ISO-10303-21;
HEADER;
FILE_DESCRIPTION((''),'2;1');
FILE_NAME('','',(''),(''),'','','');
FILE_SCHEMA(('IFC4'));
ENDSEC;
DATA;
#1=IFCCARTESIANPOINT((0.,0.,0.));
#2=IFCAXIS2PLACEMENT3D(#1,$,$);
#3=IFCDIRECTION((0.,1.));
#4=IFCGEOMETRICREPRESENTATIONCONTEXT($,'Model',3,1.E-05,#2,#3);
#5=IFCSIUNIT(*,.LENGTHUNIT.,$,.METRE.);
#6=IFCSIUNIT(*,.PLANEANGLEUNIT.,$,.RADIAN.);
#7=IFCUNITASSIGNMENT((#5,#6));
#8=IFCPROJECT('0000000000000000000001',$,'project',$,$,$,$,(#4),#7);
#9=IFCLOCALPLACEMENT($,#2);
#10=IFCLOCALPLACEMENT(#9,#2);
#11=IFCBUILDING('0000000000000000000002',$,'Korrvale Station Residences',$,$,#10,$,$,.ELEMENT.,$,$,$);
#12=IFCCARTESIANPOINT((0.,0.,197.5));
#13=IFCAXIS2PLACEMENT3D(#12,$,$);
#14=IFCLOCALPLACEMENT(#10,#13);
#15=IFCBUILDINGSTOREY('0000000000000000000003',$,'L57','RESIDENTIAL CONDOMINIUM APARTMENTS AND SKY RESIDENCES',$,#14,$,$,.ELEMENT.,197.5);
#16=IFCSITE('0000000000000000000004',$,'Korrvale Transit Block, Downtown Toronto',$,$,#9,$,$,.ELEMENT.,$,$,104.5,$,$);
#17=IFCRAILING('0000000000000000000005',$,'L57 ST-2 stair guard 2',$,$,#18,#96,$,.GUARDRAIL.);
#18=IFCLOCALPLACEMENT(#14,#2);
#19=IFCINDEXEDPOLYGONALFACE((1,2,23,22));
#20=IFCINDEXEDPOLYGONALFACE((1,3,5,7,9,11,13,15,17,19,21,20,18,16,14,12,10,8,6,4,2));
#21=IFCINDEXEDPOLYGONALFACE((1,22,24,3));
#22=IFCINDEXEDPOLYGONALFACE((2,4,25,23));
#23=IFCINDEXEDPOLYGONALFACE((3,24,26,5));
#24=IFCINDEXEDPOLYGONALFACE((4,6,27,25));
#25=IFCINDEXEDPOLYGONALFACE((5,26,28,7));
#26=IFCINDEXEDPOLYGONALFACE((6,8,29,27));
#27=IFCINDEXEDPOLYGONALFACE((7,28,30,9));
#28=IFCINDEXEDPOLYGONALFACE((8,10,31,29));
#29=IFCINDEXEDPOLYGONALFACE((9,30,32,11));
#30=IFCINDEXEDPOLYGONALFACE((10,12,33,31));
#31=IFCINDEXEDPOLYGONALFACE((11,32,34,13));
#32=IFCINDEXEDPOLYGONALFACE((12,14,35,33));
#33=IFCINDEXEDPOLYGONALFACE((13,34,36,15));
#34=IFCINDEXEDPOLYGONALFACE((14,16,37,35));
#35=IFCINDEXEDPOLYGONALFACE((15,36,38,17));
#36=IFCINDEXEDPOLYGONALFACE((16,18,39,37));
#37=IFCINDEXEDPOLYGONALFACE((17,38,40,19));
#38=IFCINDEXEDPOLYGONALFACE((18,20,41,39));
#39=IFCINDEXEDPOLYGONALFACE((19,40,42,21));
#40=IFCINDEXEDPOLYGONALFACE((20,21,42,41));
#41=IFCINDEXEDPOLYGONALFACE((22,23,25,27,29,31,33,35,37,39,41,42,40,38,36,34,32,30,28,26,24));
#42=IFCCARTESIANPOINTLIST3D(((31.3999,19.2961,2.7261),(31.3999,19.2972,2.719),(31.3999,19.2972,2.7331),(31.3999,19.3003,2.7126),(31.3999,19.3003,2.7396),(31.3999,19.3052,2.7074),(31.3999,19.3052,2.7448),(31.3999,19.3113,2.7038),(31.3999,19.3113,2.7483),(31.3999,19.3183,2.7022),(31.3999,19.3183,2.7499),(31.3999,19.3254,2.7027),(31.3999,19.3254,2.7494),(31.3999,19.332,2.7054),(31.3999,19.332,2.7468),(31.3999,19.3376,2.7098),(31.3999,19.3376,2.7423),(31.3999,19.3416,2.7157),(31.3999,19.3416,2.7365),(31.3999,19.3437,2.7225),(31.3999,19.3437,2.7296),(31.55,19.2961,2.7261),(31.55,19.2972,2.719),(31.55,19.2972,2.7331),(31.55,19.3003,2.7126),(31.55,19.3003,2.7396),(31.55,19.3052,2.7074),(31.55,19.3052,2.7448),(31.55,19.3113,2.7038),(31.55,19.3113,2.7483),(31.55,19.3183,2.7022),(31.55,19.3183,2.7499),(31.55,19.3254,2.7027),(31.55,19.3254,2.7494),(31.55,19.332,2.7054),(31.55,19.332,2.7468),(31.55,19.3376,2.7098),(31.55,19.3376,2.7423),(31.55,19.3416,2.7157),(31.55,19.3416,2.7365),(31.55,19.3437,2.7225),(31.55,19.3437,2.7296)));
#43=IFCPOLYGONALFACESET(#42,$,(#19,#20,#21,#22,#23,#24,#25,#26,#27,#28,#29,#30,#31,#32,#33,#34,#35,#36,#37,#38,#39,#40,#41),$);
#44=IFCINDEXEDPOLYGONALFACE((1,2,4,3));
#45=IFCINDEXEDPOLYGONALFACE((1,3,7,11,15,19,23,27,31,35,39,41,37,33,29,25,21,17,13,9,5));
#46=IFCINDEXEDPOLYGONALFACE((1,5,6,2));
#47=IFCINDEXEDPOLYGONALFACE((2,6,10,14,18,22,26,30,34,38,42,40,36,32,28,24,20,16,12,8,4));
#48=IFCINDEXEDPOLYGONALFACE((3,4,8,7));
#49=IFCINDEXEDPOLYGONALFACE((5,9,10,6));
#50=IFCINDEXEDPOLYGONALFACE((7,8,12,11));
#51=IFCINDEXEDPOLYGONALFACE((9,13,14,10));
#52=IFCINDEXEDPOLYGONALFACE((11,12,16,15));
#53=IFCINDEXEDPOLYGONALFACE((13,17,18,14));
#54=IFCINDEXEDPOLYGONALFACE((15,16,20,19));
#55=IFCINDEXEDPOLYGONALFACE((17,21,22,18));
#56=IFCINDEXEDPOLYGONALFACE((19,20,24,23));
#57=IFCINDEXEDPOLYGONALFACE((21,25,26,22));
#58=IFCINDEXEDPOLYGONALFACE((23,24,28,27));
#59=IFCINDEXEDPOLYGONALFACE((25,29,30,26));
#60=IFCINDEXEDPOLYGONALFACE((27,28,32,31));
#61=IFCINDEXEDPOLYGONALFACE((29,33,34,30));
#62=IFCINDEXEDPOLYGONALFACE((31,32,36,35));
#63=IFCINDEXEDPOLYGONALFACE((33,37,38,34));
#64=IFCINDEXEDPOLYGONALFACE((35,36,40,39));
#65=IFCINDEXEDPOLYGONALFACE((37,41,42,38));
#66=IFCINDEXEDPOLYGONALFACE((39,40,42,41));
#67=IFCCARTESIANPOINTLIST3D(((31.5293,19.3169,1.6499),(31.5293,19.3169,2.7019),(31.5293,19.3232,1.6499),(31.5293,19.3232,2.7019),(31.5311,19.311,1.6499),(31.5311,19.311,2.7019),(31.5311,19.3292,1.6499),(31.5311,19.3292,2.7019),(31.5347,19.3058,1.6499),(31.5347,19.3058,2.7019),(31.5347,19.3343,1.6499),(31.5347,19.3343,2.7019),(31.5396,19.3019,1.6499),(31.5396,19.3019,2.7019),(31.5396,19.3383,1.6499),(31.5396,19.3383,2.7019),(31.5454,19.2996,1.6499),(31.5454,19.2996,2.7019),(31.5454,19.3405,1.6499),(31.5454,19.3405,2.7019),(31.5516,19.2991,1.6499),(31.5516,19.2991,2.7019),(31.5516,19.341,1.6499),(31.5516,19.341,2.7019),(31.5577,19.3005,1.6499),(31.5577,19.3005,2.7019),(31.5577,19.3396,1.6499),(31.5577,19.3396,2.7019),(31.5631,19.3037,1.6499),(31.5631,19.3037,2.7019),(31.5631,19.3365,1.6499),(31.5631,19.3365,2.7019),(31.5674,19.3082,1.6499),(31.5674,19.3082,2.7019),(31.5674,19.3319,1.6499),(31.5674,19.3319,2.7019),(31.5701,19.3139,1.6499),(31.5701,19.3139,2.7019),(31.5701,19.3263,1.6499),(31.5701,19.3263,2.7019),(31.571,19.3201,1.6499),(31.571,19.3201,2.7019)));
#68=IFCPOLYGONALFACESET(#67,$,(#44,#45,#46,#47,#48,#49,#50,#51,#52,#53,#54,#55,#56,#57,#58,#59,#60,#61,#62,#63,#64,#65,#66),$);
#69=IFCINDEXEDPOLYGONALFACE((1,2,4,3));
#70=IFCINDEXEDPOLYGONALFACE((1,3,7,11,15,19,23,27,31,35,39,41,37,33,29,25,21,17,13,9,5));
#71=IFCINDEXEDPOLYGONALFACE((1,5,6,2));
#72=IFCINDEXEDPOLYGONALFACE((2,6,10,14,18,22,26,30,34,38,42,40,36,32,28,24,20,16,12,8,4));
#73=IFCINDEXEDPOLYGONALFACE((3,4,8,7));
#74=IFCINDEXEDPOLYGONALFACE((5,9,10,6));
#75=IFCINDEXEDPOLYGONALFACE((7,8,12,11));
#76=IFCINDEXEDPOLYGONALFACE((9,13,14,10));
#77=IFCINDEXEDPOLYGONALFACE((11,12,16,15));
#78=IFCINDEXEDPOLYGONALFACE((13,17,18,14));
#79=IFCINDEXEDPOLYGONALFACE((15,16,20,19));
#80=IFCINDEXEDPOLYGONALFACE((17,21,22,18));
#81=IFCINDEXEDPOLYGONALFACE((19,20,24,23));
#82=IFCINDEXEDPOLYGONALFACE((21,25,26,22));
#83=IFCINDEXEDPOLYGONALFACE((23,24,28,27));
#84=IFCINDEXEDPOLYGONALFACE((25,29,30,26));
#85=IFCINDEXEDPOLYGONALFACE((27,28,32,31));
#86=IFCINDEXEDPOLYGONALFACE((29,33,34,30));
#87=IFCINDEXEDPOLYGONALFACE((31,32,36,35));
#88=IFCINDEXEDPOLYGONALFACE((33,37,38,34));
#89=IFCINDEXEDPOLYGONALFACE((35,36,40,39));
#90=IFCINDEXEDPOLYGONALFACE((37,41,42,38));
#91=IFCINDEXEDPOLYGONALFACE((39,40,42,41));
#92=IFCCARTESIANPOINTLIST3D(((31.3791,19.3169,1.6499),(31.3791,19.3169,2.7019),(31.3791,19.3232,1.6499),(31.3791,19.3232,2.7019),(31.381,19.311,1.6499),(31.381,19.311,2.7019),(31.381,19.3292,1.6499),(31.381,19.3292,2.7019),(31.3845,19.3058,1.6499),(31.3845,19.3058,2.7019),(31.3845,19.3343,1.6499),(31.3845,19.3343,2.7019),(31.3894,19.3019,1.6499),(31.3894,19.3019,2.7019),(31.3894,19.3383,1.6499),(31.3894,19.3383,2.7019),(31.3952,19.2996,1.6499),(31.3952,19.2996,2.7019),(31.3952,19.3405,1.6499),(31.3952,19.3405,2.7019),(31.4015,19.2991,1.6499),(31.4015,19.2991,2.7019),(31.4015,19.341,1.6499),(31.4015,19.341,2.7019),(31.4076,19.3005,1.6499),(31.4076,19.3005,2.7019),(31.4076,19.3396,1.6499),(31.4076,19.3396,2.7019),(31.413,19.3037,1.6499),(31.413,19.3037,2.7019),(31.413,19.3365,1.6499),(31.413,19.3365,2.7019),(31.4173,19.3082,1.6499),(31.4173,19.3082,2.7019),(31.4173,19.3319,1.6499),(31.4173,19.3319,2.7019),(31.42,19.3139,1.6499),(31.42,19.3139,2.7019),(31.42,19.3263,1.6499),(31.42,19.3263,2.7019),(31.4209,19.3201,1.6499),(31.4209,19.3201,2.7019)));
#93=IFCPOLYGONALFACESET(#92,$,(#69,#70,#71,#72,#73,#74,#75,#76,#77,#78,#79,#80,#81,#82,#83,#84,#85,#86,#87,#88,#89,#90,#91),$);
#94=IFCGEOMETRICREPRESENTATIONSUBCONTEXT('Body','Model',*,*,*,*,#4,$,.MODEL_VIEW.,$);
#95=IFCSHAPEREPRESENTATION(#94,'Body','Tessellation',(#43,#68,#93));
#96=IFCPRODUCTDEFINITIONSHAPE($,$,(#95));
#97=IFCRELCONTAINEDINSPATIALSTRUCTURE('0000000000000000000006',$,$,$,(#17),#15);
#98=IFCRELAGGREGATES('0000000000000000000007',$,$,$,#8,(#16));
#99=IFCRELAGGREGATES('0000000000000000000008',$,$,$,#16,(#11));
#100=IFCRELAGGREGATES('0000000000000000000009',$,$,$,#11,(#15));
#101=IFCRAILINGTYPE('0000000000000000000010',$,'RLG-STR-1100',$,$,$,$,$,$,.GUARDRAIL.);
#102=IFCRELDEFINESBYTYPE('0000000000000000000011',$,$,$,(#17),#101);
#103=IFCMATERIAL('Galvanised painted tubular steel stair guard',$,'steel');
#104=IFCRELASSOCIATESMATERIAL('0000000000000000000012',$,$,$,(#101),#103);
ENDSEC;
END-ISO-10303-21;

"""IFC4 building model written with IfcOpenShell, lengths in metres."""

from ifc_helpers import new_model, si_unit, direction, frame, origin, origin_2d, place, context, subcontext, project, spatial, circle, extrude, material, type_object, element, save


model = new_model("IFC4")

# Units and contexts
model_context = context("Model", 3, precision=1e-05, world=origin(), true_north=direction((0.0, 1.0)))
body_context = subcontext(model_context, "Body", "Model", "MODEL_VIEW")
ifc_project = project(units=[si_unit("LENGTHUNIT", "METRE"), si_unit("PLANEANGLEUNIT", "RADIAN")], contexts=[model_context])

# Site, building, storey
site_placement = place(None, origin())
site = spatial("IfcSite", under=ifc_project, at=site_placement, Name="Korrvale Transit Block, Downtown Toronto", CompositionType="ELEMENT", RefElevation=104.5)
building_placement = place(site_placement, origin())
building = spatial("IfcBuilding", under=site, at=building_placement, Name="Korrvale Station Residences", CompositionType="ELEMENT")
storey_placement = place(building_placement, frame((0.0, 0.0, 197.5)))
storey = spatial("IfcBuildingStorey", under=building, at=storey_placement, Name="L57", Description="RESIDENTIAL CONDOMINIUM APARTMENTS AND SKY RESIDENCES", CompositionType="ELEMENT", Elevation=197.5)

# Railing
ifc_material_1 = material(Name="Galvanised painted tubular steel stair guard", Category="steel")
railing_type_1 = type_object("IfcRailingType", Name="RLG-STR-1100", PredefinedType="GUARDRAIL", material=ifc_material_1)
railing_1_placement = place(storey_placement, frame((31.55, 19.3201, 1.6499)))
element("IfcRailing", 1, at=railing_1_placement, inside=storey, type_object=railing_type_1, Name="L57 ST-2 stair guard 2", PredefinedType="GUARDRAIL", context=body_context, shape_type="SweptSolid", body=[
    extrude(circle(Radius=0.0239, at=origin_2d()), frame((0.0, 0.0, 1.0762), z_axis=(-1.0, 0.0, 0.0), x_axis=(0.0, -1.0, 0.0)), (0.0, 0.0, 1.0), 0.1501),
    extrude(circle(Radius=0.021, at=origin_2d()), origin(), (0.0, 0.0, 1.0), 1.052),
    extrude(circle(Radius=0.021, at=origin_2d()), frame((-0.1501, 0.0, 0.0)), (0.0, 0.0, 1.0), 1.052),
])

save(model, "model.ifc")
